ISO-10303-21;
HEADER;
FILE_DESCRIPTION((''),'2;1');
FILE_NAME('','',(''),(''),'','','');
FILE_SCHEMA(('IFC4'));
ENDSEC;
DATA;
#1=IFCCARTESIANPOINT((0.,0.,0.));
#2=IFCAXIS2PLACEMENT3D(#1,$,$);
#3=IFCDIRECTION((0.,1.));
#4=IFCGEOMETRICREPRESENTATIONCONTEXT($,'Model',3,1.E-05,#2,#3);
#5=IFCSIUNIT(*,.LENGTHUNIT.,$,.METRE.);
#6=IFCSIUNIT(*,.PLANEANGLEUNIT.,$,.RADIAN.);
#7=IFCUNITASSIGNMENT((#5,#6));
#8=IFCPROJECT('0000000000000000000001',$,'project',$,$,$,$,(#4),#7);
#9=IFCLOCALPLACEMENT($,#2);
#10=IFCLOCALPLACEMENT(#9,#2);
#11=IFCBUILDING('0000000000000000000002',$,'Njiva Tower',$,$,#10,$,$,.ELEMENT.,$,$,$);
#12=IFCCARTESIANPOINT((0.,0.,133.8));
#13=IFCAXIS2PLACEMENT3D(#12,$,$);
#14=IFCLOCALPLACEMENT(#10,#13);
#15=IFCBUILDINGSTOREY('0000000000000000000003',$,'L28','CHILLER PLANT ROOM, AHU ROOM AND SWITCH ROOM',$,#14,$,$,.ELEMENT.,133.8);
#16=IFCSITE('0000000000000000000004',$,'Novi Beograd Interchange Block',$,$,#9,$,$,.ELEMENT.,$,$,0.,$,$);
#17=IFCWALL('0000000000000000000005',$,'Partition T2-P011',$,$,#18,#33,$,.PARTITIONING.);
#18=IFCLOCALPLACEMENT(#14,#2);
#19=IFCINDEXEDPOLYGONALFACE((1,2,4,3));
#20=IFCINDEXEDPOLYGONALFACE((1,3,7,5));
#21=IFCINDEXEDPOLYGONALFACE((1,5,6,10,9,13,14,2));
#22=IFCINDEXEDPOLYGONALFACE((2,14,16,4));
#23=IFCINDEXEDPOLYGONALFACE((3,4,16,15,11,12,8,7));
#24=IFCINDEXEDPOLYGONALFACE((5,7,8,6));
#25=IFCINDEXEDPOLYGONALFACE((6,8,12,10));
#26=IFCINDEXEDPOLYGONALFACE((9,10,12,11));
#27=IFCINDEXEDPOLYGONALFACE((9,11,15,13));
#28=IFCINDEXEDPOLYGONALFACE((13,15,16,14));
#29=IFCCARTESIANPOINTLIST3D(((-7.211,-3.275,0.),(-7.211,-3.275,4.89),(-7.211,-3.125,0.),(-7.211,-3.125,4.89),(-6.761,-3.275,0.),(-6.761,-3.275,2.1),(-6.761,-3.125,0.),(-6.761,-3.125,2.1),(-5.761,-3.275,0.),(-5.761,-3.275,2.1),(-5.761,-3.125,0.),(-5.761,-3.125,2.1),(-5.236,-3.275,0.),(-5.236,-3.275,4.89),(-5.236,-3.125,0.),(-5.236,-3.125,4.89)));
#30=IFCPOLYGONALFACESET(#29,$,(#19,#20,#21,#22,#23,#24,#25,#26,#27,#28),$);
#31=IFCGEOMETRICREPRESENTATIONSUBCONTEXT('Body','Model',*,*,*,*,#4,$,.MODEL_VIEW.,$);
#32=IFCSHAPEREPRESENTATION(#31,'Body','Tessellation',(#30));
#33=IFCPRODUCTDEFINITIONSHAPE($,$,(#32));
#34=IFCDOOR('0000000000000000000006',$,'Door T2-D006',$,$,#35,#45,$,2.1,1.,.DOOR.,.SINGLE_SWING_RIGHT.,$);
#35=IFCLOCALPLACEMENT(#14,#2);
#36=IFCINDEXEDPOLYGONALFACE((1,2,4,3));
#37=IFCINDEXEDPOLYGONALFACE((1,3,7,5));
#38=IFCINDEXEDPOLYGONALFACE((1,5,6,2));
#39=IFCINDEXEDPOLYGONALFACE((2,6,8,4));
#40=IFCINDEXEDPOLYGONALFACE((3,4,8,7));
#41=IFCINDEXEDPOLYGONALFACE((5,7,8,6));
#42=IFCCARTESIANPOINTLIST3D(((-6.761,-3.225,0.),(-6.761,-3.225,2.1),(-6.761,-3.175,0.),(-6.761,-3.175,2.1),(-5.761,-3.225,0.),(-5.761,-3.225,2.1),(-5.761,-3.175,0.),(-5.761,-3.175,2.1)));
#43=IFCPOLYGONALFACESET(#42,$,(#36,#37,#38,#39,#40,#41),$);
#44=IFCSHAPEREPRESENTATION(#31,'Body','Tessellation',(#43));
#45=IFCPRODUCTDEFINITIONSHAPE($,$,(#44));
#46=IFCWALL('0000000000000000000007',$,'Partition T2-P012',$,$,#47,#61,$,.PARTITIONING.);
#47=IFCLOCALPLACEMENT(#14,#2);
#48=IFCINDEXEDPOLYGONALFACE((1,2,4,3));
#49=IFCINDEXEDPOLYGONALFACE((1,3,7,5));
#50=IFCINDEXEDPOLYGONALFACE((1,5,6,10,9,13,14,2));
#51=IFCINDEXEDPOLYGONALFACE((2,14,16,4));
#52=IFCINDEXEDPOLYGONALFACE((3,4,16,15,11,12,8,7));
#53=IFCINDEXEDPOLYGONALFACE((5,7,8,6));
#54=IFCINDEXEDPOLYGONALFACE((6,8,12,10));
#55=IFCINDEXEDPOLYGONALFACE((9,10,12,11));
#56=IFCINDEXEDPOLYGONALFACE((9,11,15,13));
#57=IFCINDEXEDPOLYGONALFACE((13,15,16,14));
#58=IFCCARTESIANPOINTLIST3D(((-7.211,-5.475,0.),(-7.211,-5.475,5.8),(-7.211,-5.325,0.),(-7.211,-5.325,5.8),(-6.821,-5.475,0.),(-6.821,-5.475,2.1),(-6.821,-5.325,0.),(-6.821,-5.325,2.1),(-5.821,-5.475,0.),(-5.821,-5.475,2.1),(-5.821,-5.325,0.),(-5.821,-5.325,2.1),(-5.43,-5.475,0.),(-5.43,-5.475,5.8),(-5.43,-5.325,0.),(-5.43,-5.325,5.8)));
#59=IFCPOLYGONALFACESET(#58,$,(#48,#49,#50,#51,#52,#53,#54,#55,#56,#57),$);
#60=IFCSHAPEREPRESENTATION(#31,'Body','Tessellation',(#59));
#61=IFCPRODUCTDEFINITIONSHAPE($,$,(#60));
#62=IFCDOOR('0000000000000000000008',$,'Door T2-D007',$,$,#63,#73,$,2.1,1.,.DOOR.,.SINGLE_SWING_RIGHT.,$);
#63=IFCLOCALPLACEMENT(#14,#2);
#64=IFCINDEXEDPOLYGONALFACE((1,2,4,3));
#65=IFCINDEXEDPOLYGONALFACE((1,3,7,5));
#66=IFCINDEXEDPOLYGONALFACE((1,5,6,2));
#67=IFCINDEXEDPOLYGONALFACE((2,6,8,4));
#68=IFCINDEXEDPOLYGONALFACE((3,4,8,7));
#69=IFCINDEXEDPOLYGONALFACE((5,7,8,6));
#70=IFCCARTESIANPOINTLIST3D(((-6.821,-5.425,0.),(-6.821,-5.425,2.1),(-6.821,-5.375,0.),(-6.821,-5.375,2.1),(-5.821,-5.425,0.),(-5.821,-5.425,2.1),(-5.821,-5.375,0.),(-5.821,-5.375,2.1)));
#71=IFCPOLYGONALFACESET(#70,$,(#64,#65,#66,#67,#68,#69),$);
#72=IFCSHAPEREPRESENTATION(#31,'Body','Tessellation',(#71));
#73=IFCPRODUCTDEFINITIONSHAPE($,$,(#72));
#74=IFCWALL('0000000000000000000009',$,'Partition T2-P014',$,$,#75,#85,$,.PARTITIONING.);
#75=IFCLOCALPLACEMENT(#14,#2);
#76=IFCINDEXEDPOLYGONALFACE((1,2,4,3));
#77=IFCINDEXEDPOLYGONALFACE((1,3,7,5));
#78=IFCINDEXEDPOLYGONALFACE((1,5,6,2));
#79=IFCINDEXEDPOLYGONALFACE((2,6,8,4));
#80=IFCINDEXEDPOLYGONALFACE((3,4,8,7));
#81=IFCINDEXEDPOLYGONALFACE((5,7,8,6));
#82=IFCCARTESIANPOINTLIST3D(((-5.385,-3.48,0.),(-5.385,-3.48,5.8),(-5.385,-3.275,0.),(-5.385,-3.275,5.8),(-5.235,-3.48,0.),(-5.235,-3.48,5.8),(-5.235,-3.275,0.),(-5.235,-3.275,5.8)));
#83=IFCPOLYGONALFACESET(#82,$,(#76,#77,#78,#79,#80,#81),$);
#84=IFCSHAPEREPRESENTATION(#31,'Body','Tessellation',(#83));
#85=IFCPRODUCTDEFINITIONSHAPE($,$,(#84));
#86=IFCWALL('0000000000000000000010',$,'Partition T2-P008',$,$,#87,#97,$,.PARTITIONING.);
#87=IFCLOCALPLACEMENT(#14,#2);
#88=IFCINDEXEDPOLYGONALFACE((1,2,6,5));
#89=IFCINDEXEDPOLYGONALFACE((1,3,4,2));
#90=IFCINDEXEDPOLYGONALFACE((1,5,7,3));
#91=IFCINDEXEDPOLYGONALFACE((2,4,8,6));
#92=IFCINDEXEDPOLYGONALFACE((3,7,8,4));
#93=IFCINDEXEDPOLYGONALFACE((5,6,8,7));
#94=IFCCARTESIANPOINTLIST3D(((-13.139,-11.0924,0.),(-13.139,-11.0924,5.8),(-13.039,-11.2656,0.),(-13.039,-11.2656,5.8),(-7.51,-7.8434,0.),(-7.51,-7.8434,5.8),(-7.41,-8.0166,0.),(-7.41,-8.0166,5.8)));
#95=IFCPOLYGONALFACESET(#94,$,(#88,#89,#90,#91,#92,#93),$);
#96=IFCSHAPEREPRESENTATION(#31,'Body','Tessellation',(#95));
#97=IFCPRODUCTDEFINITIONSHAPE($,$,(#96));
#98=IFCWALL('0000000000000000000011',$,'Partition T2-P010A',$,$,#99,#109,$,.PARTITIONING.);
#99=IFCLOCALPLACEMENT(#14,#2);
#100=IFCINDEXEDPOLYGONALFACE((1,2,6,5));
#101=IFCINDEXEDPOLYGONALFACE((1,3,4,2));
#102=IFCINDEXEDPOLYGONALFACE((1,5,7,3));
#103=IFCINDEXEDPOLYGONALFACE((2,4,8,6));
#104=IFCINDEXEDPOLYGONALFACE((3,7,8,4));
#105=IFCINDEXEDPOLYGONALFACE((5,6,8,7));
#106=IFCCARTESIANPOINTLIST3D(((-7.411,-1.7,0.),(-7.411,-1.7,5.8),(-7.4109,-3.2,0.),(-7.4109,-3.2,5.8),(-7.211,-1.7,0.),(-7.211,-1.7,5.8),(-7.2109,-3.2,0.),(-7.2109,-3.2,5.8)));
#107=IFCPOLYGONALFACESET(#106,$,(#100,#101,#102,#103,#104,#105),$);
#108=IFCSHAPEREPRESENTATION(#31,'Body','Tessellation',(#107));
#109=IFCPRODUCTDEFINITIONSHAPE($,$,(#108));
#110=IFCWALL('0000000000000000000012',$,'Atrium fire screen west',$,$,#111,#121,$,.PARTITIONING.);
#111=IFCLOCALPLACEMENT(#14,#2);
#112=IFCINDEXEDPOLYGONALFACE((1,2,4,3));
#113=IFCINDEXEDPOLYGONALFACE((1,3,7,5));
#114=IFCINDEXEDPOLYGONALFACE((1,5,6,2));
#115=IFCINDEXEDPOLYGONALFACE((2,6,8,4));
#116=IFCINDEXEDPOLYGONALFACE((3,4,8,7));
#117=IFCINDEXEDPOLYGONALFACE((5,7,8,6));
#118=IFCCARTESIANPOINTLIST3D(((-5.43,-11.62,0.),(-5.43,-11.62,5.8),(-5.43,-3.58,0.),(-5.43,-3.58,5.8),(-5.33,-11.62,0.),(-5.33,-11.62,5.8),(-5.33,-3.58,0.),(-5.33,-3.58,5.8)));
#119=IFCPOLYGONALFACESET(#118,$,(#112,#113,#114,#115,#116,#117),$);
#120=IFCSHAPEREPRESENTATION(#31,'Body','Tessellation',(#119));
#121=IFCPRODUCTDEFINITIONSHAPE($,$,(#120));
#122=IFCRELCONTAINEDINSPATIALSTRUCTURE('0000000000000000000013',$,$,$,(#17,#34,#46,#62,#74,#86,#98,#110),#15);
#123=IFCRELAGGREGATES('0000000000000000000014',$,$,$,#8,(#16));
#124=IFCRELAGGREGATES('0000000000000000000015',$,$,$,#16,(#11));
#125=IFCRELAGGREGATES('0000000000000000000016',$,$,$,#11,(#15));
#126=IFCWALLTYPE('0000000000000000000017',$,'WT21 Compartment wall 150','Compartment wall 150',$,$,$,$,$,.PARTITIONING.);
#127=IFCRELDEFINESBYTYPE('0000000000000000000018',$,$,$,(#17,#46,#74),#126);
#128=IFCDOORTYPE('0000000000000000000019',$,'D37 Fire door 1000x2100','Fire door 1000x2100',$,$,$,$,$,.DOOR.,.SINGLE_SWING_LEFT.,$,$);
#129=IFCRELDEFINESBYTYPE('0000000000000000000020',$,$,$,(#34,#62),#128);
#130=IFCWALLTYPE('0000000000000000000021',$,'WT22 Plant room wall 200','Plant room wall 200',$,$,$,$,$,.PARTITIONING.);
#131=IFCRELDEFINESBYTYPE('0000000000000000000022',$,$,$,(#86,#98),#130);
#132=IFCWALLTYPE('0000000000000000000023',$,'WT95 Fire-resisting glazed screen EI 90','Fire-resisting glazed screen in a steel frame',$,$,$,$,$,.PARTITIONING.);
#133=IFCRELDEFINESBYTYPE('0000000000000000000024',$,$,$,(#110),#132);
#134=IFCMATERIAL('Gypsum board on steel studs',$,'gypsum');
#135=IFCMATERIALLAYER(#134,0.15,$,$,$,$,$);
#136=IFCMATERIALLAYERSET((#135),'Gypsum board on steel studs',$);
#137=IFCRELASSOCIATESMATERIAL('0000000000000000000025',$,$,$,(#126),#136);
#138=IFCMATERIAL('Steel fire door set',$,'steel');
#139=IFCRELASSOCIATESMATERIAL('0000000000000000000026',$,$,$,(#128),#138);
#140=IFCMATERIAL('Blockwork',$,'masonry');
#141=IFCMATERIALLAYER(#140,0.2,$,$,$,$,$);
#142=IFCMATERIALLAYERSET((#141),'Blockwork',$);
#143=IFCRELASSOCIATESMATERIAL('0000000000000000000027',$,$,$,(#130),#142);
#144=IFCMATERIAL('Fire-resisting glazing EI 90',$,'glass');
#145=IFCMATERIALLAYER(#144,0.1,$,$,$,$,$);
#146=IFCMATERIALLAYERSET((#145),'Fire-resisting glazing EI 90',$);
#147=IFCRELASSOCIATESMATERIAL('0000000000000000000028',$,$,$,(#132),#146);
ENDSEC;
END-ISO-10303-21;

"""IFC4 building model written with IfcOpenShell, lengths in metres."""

from ifc_helpers import new_model, si_unit, direction, frame, frame_2d, origin, place, context, subcontext, project, spatial, rectangle, extrude, material, layer, layer_set, type_object, element, fill, save


model = new_model("IFC4")

# Units and contexts
model_context = context("Model", 3, precision=1e-05, world=origin(), true_north=direction((0.0, 1.0)))
body_context = subcontext(model_context, "Body", "Model", "MODEL_VIEW")
ifc_project = project(units=[si_unit("LENGTHUNIT", "METRE"), si_unit("PLANEANGLEUNIT", "RADIAN")], contexts=[model_context])

# Site, building, storey
site_placement = place(None, origin())
site = spatial("IfcSite", under=ifc_project, at=site_placement, Name="Novi Beograd Interchange Block", CompositionType="ELEMENT", RefElevation=0.0)
building_placement = place(site_placement, origin())
building = spatial("IfcBuilding", under=site, at=building_placement, Name="Njiva Tower", CompositionType="ELEMENT")
storey_placement = place(building_placement, frame((0.0, 0.0, 133.8)))
storey = spatial("IfcBuildingStorey", under=building, at=storey_placement, Name="L28", Description="CHILLER PLANT ROOM, AHU ROOM AND SWITCH ROOM", CompositionType="ELEMENT", Elevation=133.8)

# Walls, openings, doors
ifc_material_1 = material(Name="Gypsum board on steel studs", Category="gypsum")
ifc_layer_1 = layer(ifc_material_1, 0.15)
ifc_layer_set_1 = layer_set([ifc_layer_1], Name="Gypsum board on steel studs")
wall_type_1 = type_object("IfcWallType", Name="WT21 Compartment wall 150", Description="Compartment wall 150", PredefinedType="PARTITIONING", material=ifc_layer_set_1)
wall_1_placement = place(storey_placement, frame((-7.211, -3.2, 0.0), z_axis=(0.0, 0.0, 1.0), x_axis=(1.0, 0.0, 0.0)))
wall_1 = element("IfcWall", 1, at=wall_1_placement, inside=storey, type_object=wall_type_1, Name="Partition T2-P011", PredefinedType="PARTITIONING", context=body_context, shape_type="SweptSolid", body=[
    extrude(rectangle(XDim=1.975, YDim=0.15, at=frame_2d((0.9875, 0.0))), origin(), (0.0, 0.0, 1.0), 4.89),
])
opening_1_placement = place(wall_1_placement, frame((0.45, 0.0, 0.0)))
opening_1 = element("IfcOpeningElement", 2, at=opening_1_placement, cuts=wall_1, PredefinedType="OPENING", context=body_context, shape_type="SweptSolid", body=[
    extrude(rectangle(XDim=1.0, YDim=2.1, at=frame_2d((0.5, 1.05))), frame((0.0, 0.085, 0.0), z_axis=(0.0, -1.0, 0.0), x_axis=(1.0, 0.0, 0.0)), (0.0, 0.0, 1.0), 0.17),
])
ifc_material_2 = material(Name="Steel fire door set", Category="steel")
door_type_1 = type_object("IfcDoorType", Name="D37 Fire door 1000x2100", Description="Fire door 1000x2100", OperationType="SINGLE_SWING_LEFT", PredefinedType="DOOR", material=ifc_material_2)
door_1_placement = place(opening_1_placement, origin())
door_1 = element("IfcDoor", 3, at=door_1_placement, inside=storey, type_object=door_type_1, Name="Door T2-D006", OperationType="SINGLE_SWING_RIGHT", OverallHeight=2.1, OverallWidth=1.0, PredefinedType="DOOR", context=body_context, shape_type="SweptSolid", body=[
    extrude(rectangle(XDim=1.0, YDim=2.1, at=frame_2d((0.5, 1.05))), frame((0.0, 0.025, 0.0), z_axis=(0.0, -1.0, 0.0), x_axis=(1.0, 0.0, 0.0)), (0.0, 0.0, 1.0), 0.05),
])
fill(opening_1, door_1)
wall_2_placement = place(storey_placement, frame((-7.211, -5.4, 0.0), z_axis=(0.0, 0.0, 1.0), x_axis=(1.0, 0.0, 0.0)))
wall_2 = element("IfcWall", 4, at=wall_2_placement, inside=storey, type_object=wall_type_1, Name="Partition T2-P012", PredefinedType="PARTITIONING", context=body_context, shape_type="SweptSolid", body=[
    extrude(rectangle(XDim=1.781, YDim=0.15, at=frame_2d((0.8905, 0.0))), origin(), (0.0, 0.0, 1.0), 5.8),
])
opening_2_placement = place(wall_2_placement, frame((0.39, 0.0, 0.0)))
opening_2 = element("IfcOpeningElement", 5, at=opening_2_placement, cuts=wall_2, PredefinedType="OPENING", context=body_context, shape_type="SweptSolid", body=[
    extrude(rectangle(XDim=1.0, YDim=2.1, at=frame_2d((0.5, 1.05))), frame((0.0, 0.085, 0.0), z_axis=(0.0, -1.0, 0.0), x_axis=(1.0, 0.0, 0.0)), (0.0, 0.0, 1.0), 0.17),
])
door_2_placement = place(opening_2_placement, origin())
door_2 = element("IfcDoor", 6, at=door_2_placement, inside=storey, type_object=door_type_1, Name="Door T2-D007", OperationType="SINGLE_SWING_RIGHT", OverallHeight=2.1, OverallWidth=1.0, PredefinedType="DOOR", context=body_context, shape_type="SweptSolid", body=[
    extrude(rectangle(XDim=1.0, YDim=2.1, at=frame_2d((0.5, 1.05))), frame((0.0, 0.025, 0.0), z_axis=(0.0, -1.0, 0.0), x_axis=(1.0, 0.0, 0.0)), (0.0, 0.0, 1.0), 0.05),
])
fill(opening_2, door_2)

# Walls
wall_3_placement = place(storey_placement, frame((-5.31, -3.48, 0.0), z_axis=(0.0, 0.0, 1.0), x_axis=(0.0, 1.0, 0.0)))
element("IfcWall", 7, at=wall_3_placement, inside=storey, type_object=wall_type_1, Name="Partition T2-P014", PredefinedType="PARTITIONING", context=body_context, shape_type="SweptSolid", body=[
    extrude(rectangle(XDim=0.205, YDim=0.15, at=frame_2d((0.1025, 0.0))), origin(), (0.0, 0.0, 1.0), 5.8),
])
ifc_material_3 = material(Name="Blockwork", Category="masonry")
ifc_layer_2 = layer(ifc_material_3, 0.2)
ifc_layer_set_2 = layer_set([ifc_layer_2], Name="Blockwork")
wall_type_2 = type_object("IfcWallType", Name="WT22 Plant room wall 200", Description="Plant room wall 200", PredefinedType="PARTITIONING", material=ifc_layer_set_2)
wall_4_placement = place(storey_placement, frame((-13.089, -11.179, 0.0), z_axis=(0.0, 0.0, 1.0), x_axis=(0.866086, 0.499896, 0.0)))
element("IfcWall", 8, at=wall_4_placement, inside=storey, type_object=wall_type_2, Name="Partition T2-P008", PredefinedType="PARTITIONING", context=body_context, shape_type="SweptSolid", body=[
    extrude(rectangle(XDim=6.4994, YDim=0.2, at=frame_2d((3.2497, 0.0))), origin(), (0.0, 0.0, 1.0), 5.8),
])
wall_5_placement = place(storey_placement, frame((-7.3109, -3.2, 0.0), z_axis=(0.0, 0.0, 1.0), x_axis=(-0.000067, 1.0, 0.0)))
element("IfcWall", 9, at=wall_5_placement, inside=storey, type_object=wall_type_2, Name="Partition T2-P010A", PredefinedType="PARTITIONING", context=body_context, shape_type="SweptSolid", body=[
    extrude(rectangle(XDim=1.5, YDim=0.2, at=frame_2d((0.75, 0.0))), origin(), (0.0, 0.0, 1.0), 5.8),
])
ifc_material_4 = material(Name="Fire-resisting glazing EI 90", Category="glass")
ifc_layer_3 = layer(ifc_material_4, 0.1)
ifc_layer_set_3 = layer_set([ifc_layer_3], Name="Fire-resisting glazing EI 90")
wall_type_3 = type_object("IfcWallType", Name="WT95 Fire-resisting glazed screen EI 90", Description="Fire-resisting glazed screen in a steel frame", PredefinedType="PARTITIONING", material=ifc_layer_set_3)
wall_6_placement = place(storey_placement, frame((-5.38, -3.58, 0.0), z_axis=(0.0, 0.0, 1.0), x_axis=(0.0, -1.0, 0.0)))
element("IfcWall", 10, at=wall_6_placement, inside=storey, type_object=wall_type_3, Name="Atrium fire screen west", PredefinedType="PARTITIONING", context=body_context, shape_type="SweptSolid", body=[
    extrude(rectangle(XDim=8.04, YDim=0.1, at=frame_2d((4.02, 0.0))), origin(), (0.0, 0.0, 1.0), 5.8),
])

save(model, "model.ifc")
